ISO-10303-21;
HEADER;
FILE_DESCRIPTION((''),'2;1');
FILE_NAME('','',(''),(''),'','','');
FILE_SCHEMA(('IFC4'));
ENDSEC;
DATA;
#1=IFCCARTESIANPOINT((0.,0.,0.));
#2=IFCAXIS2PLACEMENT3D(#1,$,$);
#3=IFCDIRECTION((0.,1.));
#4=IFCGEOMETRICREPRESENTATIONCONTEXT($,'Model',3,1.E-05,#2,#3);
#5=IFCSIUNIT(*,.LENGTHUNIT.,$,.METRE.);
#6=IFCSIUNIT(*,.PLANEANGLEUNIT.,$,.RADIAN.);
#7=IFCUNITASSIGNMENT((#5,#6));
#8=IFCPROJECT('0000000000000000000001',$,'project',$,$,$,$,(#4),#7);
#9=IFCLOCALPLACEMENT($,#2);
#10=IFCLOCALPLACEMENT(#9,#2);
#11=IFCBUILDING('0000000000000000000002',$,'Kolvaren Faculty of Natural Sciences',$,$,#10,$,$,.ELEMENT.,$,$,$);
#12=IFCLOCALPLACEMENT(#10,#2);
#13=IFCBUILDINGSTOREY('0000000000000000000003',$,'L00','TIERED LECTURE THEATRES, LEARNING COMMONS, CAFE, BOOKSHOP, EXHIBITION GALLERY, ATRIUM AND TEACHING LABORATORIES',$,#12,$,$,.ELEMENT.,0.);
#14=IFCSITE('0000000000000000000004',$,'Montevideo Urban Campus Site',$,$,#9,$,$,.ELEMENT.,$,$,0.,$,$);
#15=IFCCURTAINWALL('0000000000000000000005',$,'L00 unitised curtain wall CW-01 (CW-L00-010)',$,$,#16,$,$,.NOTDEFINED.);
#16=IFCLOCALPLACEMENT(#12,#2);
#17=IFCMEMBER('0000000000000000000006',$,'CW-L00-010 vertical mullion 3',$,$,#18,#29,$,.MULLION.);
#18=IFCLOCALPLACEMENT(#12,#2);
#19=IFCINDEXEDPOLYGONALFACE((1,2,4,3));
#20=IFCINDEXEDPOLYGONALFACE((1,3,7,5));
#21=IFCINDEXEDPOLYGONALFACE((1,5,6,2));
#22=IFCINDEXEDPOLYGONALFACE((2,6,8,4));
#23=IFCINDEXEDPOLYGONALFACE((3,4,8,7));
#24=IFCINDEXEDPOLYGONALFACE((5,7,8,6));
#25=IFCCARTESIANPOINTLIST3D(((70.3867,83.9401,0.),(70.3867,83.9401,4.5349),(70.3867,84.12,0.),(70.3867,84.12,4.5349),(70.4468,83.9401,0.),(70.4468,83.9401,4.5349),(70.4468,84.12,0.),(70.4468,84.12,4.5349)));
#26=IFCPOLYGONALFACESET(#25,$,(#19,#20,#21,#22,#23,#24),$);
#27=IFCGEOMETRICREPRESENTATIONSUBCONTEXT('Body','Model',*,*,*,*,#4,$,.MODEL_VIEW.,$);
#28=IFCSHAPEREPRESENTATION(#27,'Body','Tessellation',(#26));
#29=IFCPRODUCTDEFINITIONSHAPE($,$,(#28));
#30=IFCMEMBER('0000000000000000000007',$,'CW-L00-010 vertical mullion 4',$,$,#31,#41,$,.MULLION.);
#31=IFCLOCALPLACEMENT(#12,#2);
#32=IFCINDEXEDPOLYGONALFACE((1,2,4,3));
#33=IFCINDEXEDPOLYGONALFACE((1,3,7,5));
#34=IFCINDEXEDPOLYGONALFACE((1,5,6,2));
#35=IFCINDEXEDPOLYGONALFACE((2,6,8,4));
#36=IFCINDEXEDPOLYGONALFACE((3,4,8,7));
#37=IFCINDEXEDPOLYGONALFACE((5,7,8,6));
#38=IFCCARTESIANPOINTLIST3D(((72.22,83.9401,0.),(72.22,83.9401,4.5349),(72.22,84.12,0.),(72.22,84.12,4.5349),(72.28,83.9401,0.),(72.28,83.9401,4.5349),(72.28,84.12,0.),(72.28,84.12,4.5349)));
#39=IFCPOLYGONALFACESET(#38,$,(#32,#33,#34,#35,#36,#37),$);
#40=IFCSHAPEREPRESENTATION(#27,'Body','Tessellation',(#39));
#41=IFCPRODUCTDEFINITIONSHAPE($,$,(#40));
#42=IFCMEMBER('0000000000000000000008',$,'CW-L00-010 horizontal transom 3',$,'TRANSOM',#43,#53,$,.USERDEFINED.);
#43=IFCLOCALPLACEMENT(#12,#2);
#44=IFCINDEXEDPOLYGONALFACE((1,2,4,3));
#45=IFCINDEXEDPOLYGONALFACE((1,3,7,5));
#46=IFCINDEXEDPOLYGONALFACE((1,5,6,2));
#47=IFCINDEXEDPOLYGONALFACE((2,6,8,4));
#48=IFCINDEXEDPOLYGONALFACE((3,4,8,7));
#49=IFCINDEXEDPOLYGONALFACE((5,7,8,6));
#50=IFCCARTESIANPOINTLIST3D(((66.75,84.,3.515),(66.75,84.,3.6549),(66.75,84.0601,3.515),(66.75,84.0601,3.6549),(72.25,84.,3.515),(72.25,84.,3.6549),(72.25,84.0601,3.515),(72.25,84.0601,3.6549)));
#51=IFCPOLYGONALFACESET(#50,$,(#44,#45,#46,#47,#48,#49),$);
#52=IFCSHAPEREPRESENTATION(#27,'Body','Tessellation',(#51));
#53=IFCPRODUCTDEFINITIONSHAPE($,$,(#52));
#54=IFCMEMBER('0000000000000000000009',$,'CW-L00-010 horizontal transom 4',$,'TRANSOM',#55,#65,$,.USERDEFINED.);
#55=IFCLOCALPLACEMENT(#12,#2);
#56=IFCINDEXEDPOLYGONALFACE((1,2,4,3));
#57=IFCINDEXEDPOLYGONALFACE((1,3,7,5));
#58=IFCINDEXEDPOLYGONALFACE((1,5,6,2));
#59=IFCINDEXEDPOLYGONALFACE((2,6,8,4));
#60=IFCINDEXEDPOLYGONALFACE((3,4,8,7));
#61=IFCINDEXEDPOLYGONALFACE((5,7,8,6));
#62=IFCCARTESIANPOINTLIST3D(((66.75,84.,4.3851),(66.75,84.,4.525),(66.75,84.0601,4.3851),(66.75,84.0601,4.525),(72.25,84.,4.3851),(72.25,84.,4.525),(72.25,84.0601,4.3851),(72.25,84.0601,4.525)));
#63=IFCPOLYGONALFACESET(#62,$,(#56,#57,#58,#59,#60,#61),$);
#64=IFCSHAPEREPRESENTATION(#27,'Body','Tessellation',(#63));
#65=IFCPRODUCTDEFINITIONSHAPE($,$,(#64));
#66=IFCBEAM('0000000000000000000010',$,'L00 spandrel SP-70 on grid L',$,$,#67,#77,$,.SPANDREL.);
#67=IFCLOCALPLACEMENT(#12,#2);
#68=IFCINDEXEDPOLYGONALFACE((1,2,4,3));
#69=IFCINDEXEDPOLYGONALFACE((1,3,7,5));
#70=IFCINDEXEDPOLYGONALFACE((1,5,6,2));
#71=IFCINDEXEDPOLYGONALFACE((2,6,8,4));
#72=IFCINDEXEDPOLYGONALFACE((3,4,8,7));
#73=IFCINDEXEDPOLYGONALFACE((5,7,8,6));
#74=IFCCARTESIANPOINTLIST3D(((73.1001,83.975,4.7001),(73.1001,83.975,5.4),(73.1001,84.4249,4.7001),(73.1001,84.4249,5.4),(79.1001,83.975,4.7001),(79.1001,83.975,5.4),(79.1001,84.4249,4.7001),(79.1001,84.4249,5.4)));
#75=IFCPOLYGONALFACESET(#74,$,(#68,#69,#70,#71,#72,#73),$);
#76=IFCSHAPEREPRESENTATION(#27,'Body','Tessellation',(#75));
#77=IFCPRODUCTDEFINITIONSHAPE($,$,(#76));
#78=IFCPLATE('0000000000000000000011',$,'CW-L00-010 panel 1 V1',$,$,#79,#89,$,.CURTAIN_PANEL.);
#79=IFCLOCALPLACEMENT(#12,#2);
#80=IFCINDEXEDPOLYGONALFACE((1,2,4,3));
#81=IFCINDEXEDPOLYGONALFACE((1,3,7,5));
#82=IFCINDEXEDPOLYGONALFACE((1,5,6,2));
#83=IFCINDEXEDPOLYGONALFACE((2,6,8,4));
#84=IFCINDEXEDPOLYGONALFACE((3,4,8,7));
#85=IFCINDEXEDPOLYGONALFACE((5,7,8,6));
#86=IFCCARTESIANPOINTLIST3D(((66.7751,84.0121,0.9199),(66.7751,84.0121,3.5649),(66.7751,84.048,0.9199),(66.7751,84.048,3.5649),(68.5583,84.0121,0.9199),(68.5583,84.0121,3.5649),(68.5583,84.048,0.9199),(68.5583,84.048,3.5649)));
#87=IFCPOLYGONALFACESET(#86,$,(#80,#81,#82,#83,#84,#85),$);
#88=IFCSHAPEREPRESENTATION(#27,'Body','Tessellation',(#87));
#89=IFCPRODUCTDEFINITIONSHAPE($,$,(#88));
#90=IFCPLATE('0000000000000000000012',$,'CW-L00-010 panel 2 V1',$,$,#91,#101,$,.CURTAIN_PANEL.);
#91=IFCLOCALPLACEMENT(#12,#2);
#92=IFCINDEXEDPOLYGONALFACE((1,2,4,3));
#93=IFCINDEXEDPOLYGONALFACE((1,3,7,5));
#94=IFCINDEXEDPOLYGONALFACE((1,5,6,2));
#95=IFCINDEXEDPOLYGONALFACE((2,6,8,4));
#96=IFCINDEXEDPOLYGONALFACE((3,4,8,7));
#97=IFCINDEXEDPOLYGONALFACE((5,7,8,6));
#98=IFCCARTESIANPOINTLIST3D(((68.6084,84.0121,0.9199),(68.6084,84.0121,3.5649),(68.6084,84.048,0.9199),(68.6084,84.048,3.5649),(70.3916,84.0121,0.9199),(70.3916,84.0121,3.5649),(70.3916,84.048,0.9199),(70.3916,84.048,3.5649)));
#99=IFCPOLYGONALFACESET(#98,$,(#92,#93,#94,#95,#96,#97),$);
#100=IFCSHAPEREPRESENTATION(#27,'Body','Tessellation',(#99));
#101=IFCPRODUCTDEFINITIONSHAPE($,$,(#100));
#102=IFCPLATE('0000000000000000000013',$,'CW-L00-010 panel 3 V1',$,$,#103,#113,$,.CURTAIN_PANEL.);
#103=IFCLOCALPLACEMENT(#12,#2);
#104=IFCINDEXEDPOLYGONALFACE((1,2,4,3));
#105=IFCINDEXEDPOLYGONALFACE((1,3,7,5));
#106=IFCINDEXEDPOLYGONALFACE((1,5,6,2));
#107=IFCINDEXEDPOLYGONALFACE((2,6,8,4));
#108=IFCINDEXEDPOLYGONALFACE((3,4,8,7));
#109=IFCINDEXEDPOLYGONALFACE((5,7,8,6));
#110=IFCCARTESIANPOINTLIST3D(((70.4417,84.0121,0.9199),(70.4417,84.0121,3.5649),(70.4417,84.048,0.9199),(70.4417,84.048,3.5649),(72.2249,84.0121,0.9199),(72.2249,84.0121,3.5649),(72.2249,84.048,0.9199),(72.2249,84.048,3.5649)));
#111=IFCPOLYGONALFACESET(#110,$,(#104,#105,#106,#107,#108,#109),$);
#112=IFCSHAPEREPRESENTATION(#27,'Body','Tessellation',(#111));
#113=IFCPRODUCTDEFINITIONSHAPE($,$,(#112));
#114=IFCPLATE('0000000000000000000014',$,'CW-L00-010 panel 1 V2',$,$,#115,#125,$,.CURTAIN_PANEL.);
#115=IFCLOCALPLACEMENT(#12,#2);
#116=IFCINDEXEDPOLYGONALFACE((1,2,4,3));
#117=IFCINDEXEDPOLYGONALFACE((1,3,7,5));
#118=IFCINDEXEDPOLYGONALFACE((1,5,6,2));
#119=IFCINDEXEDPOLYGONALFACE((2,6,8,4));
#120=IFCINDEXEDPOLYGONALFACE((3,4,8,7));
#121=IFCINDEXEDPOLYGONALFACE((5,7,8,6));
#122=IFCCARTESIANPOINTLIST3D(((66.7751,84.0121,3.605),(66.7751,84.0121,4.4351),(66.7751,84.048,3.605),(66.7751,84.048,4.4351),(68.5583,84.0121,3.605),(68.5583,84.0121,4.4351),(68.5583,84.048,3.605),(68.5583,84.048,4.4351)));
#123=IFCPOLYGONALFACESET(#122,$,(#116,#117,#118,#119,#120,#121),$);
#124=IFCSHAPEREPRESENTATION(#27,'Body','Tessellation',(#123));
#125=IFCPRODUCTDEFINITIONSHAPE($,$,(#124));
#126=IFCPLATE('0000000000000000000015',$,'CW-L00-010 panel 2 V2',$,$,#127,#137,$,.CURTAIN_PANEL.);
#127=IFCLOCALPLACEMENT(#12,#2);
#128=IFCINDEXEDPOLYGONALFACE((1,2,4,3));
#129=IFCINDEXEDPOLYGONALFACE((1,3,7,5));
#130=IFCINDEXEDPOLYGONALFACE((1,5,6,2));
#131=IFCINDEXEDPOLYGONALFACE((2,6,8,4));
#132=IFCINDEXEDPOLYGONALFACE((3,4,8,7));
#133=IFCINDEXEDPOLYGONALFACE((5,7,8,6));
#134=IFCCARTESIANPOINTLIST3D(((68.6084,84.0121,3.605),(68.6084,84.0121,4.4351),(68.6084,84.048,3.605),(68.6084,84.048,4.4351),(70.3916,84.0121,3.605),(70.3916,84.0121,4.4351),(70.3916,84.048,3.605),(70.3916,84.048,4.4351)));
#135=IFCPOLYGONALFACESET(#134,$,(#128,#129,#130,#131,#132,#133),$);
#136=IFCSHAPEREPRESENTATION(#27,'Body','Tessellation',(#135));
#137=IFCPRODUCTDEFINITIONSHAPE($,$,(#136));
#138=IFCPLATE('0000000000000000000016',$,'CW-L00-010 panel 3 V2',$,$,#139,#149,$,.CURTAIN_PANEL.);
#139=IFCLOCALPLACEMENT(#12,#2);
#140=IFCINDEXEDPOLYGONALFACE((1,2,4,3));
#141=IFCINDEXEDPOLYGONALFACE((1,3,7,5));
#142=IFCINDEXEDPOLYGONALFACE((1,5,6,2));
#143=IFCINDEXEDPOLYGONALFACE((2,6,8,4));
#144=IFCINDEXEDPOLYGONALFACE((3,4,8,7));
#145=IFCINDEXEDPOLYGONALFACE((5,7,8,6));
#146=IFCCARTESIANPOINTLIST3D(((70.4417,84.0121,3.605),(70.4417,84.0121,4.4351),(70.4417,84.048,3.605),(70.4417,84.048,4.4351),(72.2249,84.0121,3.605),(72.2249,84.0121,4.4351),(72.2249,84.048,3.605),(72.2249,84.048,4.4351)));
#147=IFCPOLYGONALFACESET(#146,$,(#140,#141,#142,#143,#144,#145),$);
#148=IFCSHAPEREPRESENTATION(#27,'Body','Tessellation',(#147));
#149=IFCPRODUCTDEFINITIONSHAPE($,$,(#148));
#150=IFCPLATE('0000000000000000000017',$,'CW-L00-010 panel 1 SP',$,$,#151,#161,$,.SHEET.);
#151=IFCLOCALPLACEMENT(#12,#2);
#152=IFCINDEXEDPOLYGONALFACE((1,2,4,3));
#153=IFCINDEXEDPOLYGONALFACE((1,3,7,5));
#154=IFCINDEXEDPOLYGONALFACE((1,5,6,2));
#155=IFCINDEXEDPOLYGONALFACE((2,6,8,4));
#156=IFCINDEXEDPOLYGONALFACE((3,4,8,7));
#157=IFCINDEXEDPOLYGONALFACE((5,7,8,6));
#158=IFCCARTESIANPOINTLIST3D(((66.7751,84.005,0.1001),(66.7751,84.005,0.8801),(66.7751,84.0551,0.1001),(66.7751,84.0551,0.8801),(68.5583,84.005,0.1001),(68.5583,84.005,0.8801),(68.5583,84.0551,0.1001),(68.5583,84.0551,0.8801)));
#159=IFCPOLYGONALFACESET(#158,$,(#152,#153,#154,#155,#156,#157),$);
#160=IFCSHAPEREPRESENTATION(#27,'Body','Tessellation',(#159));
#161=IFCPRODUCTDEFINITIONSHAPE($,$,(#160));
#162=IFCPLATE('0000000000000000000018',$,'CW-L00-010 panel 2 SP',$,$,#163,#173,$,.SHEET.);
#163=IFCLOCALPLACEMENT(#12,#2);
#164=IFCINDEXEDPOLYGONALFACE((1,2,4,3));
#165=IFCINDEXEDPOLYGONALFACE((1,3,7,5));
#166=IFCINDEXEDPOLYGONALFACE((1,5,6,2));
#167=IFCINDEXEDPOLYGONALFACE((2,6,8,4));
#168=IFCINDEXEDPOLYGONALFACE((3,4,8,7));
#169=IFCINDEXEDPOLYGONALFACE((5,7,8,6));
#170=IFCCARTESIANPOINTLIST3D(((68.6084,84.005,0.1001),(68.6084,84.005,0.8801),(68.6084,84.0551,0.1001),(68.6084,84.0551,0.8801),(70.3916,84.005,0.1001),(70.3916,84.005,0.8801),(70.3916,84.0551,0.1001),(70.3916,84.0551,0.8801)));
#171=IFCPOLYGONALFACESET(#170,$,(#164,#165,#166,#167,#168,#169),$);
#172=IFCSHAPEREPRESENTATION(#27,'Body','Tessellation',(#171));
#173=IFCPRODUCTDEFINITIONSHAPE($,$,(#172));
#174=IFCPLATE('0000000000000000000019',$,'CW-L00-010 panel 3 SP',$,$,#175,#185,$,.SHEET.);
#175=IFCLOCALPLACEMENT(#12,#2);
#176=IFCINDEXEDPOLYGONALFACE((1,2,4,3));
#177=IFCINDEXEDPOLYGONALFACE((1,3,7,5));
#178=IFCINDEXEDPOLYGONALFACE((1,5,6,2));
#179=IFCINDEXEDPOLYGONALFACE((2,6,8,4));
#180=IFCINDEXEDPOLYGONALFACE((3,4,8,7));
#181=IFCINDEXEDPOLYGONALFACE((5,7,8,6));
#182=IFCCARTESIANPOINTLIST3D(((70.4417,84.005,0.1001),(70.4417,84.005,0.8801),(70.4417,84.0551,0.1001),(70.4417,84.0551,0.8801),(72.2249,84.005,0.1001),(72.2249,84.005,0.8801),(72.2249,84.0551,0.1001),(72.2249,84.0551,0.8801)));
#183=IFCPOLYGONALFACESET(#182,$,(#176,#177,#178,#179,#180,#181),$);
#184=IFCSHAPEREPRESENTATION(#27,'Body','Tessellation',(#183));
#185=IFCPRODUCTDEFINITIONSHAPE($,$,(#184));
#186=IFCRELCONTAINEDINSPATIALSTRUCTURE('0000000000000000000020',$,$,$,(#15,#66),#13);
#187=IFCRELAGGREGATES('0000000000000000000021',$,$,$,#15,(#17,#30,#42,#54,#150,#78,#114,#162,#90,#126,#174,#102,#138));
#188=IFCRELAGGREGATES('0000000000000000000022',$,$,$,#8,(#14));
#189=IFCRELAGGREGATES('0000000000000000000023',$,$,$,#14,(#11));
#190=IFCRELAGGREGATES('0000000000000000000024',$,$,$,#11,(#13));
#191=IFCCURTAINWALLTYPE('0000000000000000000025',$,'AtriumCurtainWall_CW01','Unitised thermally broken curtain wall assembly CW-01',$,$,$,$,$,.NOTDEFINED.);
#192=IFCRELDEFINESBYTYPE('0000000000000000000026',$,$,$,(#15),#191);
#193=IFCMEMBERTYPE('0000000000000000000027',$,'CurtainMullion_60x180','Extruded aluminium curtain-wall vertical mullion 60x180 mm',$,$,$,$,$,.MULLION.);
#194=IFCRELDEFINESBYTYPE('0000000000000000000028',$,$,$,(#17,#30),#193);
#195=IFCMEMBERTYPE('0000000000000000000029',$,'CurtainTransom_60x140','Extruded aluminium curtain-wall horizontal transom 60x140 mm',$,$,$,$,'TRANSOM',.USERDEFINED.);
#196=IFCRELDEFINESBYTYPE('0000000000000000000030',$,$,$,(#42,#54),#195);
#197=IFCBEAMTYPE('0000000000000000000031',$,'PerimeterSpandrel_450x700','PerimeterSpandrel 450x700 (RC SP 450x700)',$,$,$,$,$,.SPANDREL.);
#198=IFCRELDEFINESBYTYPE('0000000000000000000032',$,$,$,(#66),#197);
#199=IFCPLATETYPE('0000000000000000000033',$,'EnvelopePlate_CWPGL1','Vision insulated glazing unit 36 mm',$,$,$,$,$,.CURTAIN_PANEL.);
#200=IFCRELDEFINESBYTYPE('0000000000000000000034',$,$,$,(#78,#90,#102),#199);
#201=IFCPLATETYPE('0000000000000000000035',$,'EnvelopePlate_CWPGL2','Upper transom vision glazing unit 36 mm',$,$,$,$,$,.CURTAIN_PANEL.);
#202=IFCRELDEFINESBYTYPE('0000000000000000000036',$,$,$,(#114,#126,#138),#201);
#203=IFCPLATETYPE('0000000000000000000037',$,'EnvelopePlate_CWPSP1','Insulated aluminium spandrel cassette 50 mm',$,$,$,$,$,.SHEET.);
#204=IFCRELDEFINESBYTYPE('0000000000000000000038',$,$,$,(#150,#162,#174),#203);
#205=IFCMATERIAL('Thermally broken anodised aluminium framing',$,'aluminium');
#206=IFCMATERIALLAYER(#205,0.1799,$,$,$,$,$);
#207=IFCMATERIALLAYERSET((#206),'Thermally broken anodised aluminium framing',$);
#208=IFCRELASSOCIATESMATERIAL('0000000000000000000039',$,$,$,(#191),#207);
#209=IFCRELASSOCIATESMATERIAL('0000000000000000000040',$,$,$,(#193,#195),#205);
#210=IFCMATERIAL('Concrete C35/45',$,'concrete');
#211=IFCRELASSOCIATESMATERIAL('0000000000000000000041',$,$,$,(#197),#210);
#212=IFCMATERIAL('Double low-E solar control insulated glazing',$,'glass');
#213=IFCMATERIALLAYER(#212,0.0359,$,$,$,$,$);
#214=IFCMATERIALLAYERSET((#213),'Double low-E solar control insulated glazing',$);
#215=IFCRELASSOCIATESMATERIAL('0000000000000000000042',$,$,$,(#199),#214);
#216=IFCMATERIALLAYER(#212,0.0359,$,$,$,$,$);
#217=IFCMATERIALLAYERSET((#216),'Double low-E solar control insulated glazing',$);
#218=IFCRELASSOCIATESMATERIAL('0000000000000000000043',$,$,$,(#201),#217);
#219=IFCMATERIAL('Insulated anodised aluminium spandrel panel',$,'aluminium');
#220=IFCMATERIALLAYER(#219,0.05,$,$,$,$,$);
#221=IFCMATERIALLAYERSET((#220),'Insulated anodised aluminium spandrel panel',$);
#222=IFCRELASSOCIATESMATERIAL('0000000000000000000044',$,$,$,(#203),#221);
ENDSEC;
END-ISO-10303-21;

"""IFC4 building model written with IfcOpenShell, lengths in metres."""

from ifc_helpers import new_model, si_unit, direction, frame, origin, origin_2d, place, context, subcontext, project, spatial, rectangle, extrude, material, layer, layer_set, material_profile, profile_set, type_object, element, aggregate, save


model = new_model("IFC4")

# Units and contexts
model_context = context("Model", 3, precision=1e-05, world=origin(), true_north=direction((0.0, 1.0)))
body_context = subcontext(model_context, "Body", "Model", "MODEL_VIEW")
ifc_project = project(units=[si_unit("LENGTHUNIT", "METRE"), si_unit("PLANEANGLEUNIT", "RADIAN")], contexts=[model_context])

# Site, building, storey
site_placement = place(None, origin())
site = spatial("IfcSite", under=ifc_project, at=site_placement, Name="Montevideo Urban Campus Site", CompositionType="ELEMENT", RefElevation=0.0)
building_placement = place(site_placement, origin())
building = spatial("IfcBuilding", under=site, at=building_placement, Name="Kolvaren Faculty of Natural Sciences", CompositionType="ELEMENT")
storey_placement = place(building_placement, origin())
storey = spatial("IfcBuildingStorey", under=building, at=storey_placement, Name="L00", Description="TIERED LECTURE THEATRES, LEARNING COMMONS, CAFE, BOOKSHOP, EXHIBITION GALLERY, ATRIUM AND TEACHING LABORATORIES", CompositionType="ELEMENT", Elevation=0.0)

# Shared definitions
ifc_material_1 = material(Name="Concrete C35/45", Category="concrete")

# Curtain wall, members
ifc_material_2 = material(Name="Thermally broken anodised aluminium framing", Category="aluminium")
ifc_layer_1 = layer(ifc_material_2, 0.1799)
ifc_layer_set_1 = layer_set([ifc_layer_1], Name="Thermally broken anodised aluminium framing")
curtain_wall_type = type_object("IfcCurtainWallType", Name="AtriumCurtainWall_CW01", Description="Unitised thermally broken curtain wall assembly CW-01", PredefinedType="NOTDEFINED", material=ifc_layer_set_1)
curtain_wall_placement = place(storey_placement, origin())
curtain_wall = element("IfcCurtainWall", 1, at=curtain_wall_placement, inside=storey, type_object=curtain_wall_type, Name="L00 unitised curtain wall CW-01 (CW-L00-010)", PredefinedType="NOTDEFINED")
ifc_material_profile_1 = material_profile(ifc_material_2, rectangle(XDim=0.0601, YDim=0.1799, at=origin_2d()), Name="ALU MUL 60x180")
ifc_profile_set_1 = profile_set([ifc_material_profile_1], Name="Thermally broken anodised aluminium framing")
member_type_1 = type_object("IfcMemberType", Name="CurtainMullion_60x180", Description="Extruded aluminium curtain-wall vertical mullion 60x180 mm", PredefinedType="MULLION", material=ifc_profile_set_1)
member_1_placement = place(storey_placement, frame((70.4167, 84.03, 0.0), z_axis=(0.0, 0.0, 1.0), x_axis=(1.0, 0.0, 0.0)))
member_1 = element("IfcMember", 2, at=member_1_placement, type_object=member_type_1, Name="CW-L00-010 vertical mullion 3", PredefinedType="MULLION", context=body_context, shape_type="SweptSolid", body=[
    extrude(rectangle(XDim=0.0601, YDim=0.1799, at=origin_2d()), origin(), (0.0, 0.0, 1.0), 4.5349),
])
member_2_placement = place(storey_placement, frame((72.25, 84.03, 0.0), z_axis=(0.0, 0.0, 1.0), x_axis=(1.0, 0.0, 0.0)))
member_2 = element("IfcMember", 3, at=member_2_placement, type_object=member_type_1, Name="CW-L00-010 vertical mullion 4", PredefinedType="MULLION", context=body_context, shape_type="SweptSolid", body=[
    extrude(rectangle(XDim=0.0601, YDim=0.1799, at=origin_2d()), origin(), (0.0, 0.0, 1.0), 4.5349),
])
ifc_material_profile_2 = material_profile(ifc_material_2, rectangle(XDim=0.0601, YDim=0.1399, at=origin_2d()), Name="ALU TRN 60x140")
ifc_profile_set_2 = profile_set([ifc_material_profile_2], Name="Thermally broken anodised aluminium framing")
member_type_2 = type_object("IfcMemberType", Name="CurtainTransom_60x140", Description="Extruded aluminium curtain-wall horizontal transom 60x140 mm", ElementType="TRANSOM", PredefinedType="USERDEFINED", material=ifc_profile_set_2)
member_3_placement = place(storey_placement, frame((66.75, 84.03, 3.585), z_axis=(1.0, 0.0, 0.0), x_axis=(0.0, 1.0, 0.0)))
member_3 = element("IfcMember", 4, at=member_3_placement, type_object=member_type_2, Name="CW-L00-010 horizontal transom 3", ObjectType="TRANSOM", PredefinedType="USERDEFINED", context=body_context, shape_type="SweptSolid", body=[
    extrude(rectangle(XDim=0.0601, YDim=0.1399, at=origin_2d()), origin(), (0.0, 0.0, 1.0), 5.5),
])
member_4_placement = place(storey_placement, frame((66.75, 84.03, 4.4551), z_axis=(1.0, 0.0, 0.0), x_axis=(0.0, 1.0, 0.0)))
member_4 = element("IfcMember", 5, at=member_4_placement, type_object=member_type_2, Name="CW-L00-010 horizontal transom 4", ObjectType="TRANSOM", PredefinedType="USERDEFINED", context=body_context, shape_type="SweptSolid", body=[
    extrude(rectangle(XDim=0.0601, YDim=0.1399, at=origin_2d()), origin(), (0.0, 0.0, 1.0), 5.5),
])

# Beam
ifc_material_profile_3 = material_profile(ifc_material_1, rectangle(XDim=0.45, YDim=0.7, at=origin_2d()), Name="RC SP 450x700")
ifc_profile_set_3 = profile_set([ifc_material_profile_3], Name="Concrete C35/45")
beam_type = type_object("IfcBeamType", Name="PerimeterSpandrel_450x700", Description="PerimeterSpandrel 450x700 (RC SP 450x700)", PredefinedType="SPANDREL", material=ifc_profile_set_3)
beam_placement = place(storey_placement, frame((73.1001, 84.2, 5.05), z_axis=(1.0, 0.0, 0.0), x_axis=(0.0, 1.0, 0.0)))
element("IfcBeam", 6, at=beam_placement, inside=storey, type_object=beam_type, Name="L00 spandrel SP-70 on grid L", PredefinedType="SPANDREL", context=body_context, shape_type="SweptSolid", body=[
    extrude(rectangle(XDim=0.45, YDim=0.7, at=origin_2d()), origin(), (0.0, 0.0, 1.0), 6.0),
])

# Plates
ifc_material_3 = material(Name="Double low-E solar control insulated glazing", Category="glass")
ifc_layer_2 = layer(ifc_material_3, 0.0359)
ifc_layer_set_2 = layer_set([ifc_layer_2], Name="Double low-E solar control insulated glazing")
plate_type_1 = type_object("IfcPlateType", Name="EnvelopePlate_CWPGL1", Description="Vision insulated glazing unit 36 mm", PredefinedType="CURTAIN_PANEL", material=ifc_layer_set_2)
plate_1_placement = place(storey_placement, frame((67.6667, 84.03, 0.9199), z_axis=(0.0, 0.0, 1.0), x_axis=(1.0, 0.0, 0.0)))
plate_1 = element("IfcPlate", 7, at=plate_1_placement, type_object=plate_type_1, Name="CW-L00-010 panel 1 V1", PredefinedType="CURTAIN_PANEL", context=body_context, shape_type="SweptSolid", body=[
    extrude(rectangle(XDim=1.7832, YDim=0.0359, at=origin_2d()), origin(), (0.0, 0.0, 1.0), 2.645),
])
plate_2_placement = place(storey_placement, frame((69.5, 84.03, 0.9199), z_axis=(0.0, 0.0, 1.0), x_axis=(1.0, 0.0, 0.0)))
plate_2 = element("IfcPlate", 8, at=plate_2_placement, type_object=plate_type_1, Name="CW-L00-010 panel 2 V1", PredefinedType="CURTAIN_PANEL", context=body_context, shape_type="SweptSolid", body=[
    extrude(rectangle(XDim=1.7832, YDim=0.0359, at=origin_2d()), origin(), (0.0, 0.0, 1.0), 2.645),
])
plate_3_placement = place(storey_placement, frame((71.3333, 84.03, 0.9199), z_axis=(0.0, 0.0, 1.0), x_axis=(1.0, 0.0, 0.0)))
plate_3 = element("IfcPlate", 9, at=plate_3_placement, type_object=plate_type_1, Name="CW-L00-010 panel 3 V1", PredefinedType="CURTAIN_PANEL", context=body_context, shape_type="SweptSolid", body=[
    extrude(rectangle(XDim=1.7832, YDim=0.0359, at=origin_2d()), origin(), (0.0, 0.0, 1.0), 2.645),
])
ifc_layer_3 = layer(ifc_material_3, 0.0359)
ifc_layer_set_3 = layer_set([ifc_layer_3], Name="Double low-E solar control insulated glazing")
plate_type_2 = type_object("IfcPlateType", Name="EnvelopePlate_CWPGL2", Description="Upper transom vision glazing unit 36 mm", PredefinedType="CURTAIN_PANEL", material=ifc_layer_set_3)
plate_4_placement = place(storey_placement, frame((67.6667, 84.03, 3.605), z_axis=(0.0, 0.0, 1.0), x_axis=(1.0, 0.0, 0.0)))
plate_4 = element("IfcPlate", 10, at=plate_4_placement, type_object=plate_type_2, Name="CW-L00-010 panel 1 V2", PredefinedType="CURTAIN_PANEL", context=body_context, shape_type="SweptSolid", body=[
    extrude(rectangle(XDim=1.7832, YDim=0.0359, at=origin_2d()), origin(), (0.0, 0.0, 1.0), 0.8301),
])
plate_5_placement = place(storey_placement, frame((69.5, 84.03, 3.605), z_axis=(0.0, 0.0, 1.0), x_axis=(1.0, 0.0, 0.0)))
plate_5 = element("IfcPlate", 11, at=plate_5_placement, type_object=plate_type_2, Name="CW-L00-010 panel 2 V2", PredefinedType="CURTAIN_PANEL", context=body_context, shape_type="SweptSolid", body=[
    extrude(rectangle(XDim=1.7832, YDim=0.0359, at=origin_2d()), origin(), (0.0, 0.0, 1.0), 0.8301),
])
plate_6_placement = place(storey_placement, frame((71.3333, 84.03, 3.605), z_axis=(0.0, 0.0, 1.0), x_axis=(1.0, 0.0, 0.0)))
plate_6 = element("IfcPlate", 12, at=plate_6_placement, type_object=plate_type_2, Name="CW-L00-010 panel 3 V2", PredefinedType="CURTAIN_PANEL", context=body_context, shape_type="SweptSolid", body=[
    extrude(rectangle(XDim=1.7832, YDim=0.0359, at=origin_2d()), origin(), (0.0, 0.0, 1.0), 0.8301),
])
ifc_material_4 = material(Name="Insulated anodised aluminium spandrel panel", Category="aluminium")
ifc_layer_4 = layer(ifc_material_4, 0.05)
ifc_layer_set_4 = layer_set([ifc_layer_4], Name="Insulated anodised aluminium spandrel panel")
plate_type_3 = type_object("IfcPlateType", Name="EnvelopePlate_CWPSP1", Description="Insulated aluminium spandrel cassette 50 mm", PredefinedType="SHEET", material=ifc_layer_set_4)
plate_7_placement = place(storey_placement, frame((67.6667, 84.03, 0.1001), z_axis=(0.0, 0.0, 1.0), x_axis=(1.0, 0.0, 0.0)))
plate_7 = element("IfcPlate", 13, at=plate_7_placement, type_object=plate_type_3, Name="CW-L00-010 panel 1 SP", PredefinedType="SHEET", context=body_context, shape_type="SweptSolid", body=[
    extrude(rectangle(XDim=1.7832, YDim=0.05, at=origin_2d()), origin(), (0.0, 0.0, 1.0), 0.78),
])
plate_8_placement = place(storey_placement, frame((69.5, 84.03, 0.1001), z_axis=(0.0, 0.0, 1.0), x_axis=(1.0, 0.0, 0.0)))
plate_8 = element("IfcPlate", 14, at=plate_8_placement, type_object=plate_type_3, Name="CW-L00-010 panel 2 SP", PredefinedType="SHEET", context=body_context, shape_type="SweptSolid", body=[
    extrude(rectangle(XDim=1.7832, YDim=0.05, at=origin_2d()), origin(), (0.0, 0.0, 1.0), 0.78),
])
plate_9_placement = place(storey_placement, frame((71.3333, 84.03, 0.1001), z_axis=(0.0, 0.0, 1.0), x_axis=(1.0, 0.0, 0.0)))
plate_9 = element("IfcPlate", 15, at=plate_9_placement, type_object=plate_type_3, Name="CW-L00-010 panel 3 SP", PredefinedType="SHEET", context=body_context, shape_type="SweptSolid", body=[
    extrude(rectangle(XDim=1.7832, YDim=0.05, at=origin_2d()), origin(), (0.0, 0.0, 1.0), 0.78),
])
aggregate(curtain_wall, [member_1, member_2, member_3, member_4, plate_7, plate_1, plate_4, plate_8, plate_2, plate_5, plate_9, plate_3, plate_6])

save(model, "model.ifc")
